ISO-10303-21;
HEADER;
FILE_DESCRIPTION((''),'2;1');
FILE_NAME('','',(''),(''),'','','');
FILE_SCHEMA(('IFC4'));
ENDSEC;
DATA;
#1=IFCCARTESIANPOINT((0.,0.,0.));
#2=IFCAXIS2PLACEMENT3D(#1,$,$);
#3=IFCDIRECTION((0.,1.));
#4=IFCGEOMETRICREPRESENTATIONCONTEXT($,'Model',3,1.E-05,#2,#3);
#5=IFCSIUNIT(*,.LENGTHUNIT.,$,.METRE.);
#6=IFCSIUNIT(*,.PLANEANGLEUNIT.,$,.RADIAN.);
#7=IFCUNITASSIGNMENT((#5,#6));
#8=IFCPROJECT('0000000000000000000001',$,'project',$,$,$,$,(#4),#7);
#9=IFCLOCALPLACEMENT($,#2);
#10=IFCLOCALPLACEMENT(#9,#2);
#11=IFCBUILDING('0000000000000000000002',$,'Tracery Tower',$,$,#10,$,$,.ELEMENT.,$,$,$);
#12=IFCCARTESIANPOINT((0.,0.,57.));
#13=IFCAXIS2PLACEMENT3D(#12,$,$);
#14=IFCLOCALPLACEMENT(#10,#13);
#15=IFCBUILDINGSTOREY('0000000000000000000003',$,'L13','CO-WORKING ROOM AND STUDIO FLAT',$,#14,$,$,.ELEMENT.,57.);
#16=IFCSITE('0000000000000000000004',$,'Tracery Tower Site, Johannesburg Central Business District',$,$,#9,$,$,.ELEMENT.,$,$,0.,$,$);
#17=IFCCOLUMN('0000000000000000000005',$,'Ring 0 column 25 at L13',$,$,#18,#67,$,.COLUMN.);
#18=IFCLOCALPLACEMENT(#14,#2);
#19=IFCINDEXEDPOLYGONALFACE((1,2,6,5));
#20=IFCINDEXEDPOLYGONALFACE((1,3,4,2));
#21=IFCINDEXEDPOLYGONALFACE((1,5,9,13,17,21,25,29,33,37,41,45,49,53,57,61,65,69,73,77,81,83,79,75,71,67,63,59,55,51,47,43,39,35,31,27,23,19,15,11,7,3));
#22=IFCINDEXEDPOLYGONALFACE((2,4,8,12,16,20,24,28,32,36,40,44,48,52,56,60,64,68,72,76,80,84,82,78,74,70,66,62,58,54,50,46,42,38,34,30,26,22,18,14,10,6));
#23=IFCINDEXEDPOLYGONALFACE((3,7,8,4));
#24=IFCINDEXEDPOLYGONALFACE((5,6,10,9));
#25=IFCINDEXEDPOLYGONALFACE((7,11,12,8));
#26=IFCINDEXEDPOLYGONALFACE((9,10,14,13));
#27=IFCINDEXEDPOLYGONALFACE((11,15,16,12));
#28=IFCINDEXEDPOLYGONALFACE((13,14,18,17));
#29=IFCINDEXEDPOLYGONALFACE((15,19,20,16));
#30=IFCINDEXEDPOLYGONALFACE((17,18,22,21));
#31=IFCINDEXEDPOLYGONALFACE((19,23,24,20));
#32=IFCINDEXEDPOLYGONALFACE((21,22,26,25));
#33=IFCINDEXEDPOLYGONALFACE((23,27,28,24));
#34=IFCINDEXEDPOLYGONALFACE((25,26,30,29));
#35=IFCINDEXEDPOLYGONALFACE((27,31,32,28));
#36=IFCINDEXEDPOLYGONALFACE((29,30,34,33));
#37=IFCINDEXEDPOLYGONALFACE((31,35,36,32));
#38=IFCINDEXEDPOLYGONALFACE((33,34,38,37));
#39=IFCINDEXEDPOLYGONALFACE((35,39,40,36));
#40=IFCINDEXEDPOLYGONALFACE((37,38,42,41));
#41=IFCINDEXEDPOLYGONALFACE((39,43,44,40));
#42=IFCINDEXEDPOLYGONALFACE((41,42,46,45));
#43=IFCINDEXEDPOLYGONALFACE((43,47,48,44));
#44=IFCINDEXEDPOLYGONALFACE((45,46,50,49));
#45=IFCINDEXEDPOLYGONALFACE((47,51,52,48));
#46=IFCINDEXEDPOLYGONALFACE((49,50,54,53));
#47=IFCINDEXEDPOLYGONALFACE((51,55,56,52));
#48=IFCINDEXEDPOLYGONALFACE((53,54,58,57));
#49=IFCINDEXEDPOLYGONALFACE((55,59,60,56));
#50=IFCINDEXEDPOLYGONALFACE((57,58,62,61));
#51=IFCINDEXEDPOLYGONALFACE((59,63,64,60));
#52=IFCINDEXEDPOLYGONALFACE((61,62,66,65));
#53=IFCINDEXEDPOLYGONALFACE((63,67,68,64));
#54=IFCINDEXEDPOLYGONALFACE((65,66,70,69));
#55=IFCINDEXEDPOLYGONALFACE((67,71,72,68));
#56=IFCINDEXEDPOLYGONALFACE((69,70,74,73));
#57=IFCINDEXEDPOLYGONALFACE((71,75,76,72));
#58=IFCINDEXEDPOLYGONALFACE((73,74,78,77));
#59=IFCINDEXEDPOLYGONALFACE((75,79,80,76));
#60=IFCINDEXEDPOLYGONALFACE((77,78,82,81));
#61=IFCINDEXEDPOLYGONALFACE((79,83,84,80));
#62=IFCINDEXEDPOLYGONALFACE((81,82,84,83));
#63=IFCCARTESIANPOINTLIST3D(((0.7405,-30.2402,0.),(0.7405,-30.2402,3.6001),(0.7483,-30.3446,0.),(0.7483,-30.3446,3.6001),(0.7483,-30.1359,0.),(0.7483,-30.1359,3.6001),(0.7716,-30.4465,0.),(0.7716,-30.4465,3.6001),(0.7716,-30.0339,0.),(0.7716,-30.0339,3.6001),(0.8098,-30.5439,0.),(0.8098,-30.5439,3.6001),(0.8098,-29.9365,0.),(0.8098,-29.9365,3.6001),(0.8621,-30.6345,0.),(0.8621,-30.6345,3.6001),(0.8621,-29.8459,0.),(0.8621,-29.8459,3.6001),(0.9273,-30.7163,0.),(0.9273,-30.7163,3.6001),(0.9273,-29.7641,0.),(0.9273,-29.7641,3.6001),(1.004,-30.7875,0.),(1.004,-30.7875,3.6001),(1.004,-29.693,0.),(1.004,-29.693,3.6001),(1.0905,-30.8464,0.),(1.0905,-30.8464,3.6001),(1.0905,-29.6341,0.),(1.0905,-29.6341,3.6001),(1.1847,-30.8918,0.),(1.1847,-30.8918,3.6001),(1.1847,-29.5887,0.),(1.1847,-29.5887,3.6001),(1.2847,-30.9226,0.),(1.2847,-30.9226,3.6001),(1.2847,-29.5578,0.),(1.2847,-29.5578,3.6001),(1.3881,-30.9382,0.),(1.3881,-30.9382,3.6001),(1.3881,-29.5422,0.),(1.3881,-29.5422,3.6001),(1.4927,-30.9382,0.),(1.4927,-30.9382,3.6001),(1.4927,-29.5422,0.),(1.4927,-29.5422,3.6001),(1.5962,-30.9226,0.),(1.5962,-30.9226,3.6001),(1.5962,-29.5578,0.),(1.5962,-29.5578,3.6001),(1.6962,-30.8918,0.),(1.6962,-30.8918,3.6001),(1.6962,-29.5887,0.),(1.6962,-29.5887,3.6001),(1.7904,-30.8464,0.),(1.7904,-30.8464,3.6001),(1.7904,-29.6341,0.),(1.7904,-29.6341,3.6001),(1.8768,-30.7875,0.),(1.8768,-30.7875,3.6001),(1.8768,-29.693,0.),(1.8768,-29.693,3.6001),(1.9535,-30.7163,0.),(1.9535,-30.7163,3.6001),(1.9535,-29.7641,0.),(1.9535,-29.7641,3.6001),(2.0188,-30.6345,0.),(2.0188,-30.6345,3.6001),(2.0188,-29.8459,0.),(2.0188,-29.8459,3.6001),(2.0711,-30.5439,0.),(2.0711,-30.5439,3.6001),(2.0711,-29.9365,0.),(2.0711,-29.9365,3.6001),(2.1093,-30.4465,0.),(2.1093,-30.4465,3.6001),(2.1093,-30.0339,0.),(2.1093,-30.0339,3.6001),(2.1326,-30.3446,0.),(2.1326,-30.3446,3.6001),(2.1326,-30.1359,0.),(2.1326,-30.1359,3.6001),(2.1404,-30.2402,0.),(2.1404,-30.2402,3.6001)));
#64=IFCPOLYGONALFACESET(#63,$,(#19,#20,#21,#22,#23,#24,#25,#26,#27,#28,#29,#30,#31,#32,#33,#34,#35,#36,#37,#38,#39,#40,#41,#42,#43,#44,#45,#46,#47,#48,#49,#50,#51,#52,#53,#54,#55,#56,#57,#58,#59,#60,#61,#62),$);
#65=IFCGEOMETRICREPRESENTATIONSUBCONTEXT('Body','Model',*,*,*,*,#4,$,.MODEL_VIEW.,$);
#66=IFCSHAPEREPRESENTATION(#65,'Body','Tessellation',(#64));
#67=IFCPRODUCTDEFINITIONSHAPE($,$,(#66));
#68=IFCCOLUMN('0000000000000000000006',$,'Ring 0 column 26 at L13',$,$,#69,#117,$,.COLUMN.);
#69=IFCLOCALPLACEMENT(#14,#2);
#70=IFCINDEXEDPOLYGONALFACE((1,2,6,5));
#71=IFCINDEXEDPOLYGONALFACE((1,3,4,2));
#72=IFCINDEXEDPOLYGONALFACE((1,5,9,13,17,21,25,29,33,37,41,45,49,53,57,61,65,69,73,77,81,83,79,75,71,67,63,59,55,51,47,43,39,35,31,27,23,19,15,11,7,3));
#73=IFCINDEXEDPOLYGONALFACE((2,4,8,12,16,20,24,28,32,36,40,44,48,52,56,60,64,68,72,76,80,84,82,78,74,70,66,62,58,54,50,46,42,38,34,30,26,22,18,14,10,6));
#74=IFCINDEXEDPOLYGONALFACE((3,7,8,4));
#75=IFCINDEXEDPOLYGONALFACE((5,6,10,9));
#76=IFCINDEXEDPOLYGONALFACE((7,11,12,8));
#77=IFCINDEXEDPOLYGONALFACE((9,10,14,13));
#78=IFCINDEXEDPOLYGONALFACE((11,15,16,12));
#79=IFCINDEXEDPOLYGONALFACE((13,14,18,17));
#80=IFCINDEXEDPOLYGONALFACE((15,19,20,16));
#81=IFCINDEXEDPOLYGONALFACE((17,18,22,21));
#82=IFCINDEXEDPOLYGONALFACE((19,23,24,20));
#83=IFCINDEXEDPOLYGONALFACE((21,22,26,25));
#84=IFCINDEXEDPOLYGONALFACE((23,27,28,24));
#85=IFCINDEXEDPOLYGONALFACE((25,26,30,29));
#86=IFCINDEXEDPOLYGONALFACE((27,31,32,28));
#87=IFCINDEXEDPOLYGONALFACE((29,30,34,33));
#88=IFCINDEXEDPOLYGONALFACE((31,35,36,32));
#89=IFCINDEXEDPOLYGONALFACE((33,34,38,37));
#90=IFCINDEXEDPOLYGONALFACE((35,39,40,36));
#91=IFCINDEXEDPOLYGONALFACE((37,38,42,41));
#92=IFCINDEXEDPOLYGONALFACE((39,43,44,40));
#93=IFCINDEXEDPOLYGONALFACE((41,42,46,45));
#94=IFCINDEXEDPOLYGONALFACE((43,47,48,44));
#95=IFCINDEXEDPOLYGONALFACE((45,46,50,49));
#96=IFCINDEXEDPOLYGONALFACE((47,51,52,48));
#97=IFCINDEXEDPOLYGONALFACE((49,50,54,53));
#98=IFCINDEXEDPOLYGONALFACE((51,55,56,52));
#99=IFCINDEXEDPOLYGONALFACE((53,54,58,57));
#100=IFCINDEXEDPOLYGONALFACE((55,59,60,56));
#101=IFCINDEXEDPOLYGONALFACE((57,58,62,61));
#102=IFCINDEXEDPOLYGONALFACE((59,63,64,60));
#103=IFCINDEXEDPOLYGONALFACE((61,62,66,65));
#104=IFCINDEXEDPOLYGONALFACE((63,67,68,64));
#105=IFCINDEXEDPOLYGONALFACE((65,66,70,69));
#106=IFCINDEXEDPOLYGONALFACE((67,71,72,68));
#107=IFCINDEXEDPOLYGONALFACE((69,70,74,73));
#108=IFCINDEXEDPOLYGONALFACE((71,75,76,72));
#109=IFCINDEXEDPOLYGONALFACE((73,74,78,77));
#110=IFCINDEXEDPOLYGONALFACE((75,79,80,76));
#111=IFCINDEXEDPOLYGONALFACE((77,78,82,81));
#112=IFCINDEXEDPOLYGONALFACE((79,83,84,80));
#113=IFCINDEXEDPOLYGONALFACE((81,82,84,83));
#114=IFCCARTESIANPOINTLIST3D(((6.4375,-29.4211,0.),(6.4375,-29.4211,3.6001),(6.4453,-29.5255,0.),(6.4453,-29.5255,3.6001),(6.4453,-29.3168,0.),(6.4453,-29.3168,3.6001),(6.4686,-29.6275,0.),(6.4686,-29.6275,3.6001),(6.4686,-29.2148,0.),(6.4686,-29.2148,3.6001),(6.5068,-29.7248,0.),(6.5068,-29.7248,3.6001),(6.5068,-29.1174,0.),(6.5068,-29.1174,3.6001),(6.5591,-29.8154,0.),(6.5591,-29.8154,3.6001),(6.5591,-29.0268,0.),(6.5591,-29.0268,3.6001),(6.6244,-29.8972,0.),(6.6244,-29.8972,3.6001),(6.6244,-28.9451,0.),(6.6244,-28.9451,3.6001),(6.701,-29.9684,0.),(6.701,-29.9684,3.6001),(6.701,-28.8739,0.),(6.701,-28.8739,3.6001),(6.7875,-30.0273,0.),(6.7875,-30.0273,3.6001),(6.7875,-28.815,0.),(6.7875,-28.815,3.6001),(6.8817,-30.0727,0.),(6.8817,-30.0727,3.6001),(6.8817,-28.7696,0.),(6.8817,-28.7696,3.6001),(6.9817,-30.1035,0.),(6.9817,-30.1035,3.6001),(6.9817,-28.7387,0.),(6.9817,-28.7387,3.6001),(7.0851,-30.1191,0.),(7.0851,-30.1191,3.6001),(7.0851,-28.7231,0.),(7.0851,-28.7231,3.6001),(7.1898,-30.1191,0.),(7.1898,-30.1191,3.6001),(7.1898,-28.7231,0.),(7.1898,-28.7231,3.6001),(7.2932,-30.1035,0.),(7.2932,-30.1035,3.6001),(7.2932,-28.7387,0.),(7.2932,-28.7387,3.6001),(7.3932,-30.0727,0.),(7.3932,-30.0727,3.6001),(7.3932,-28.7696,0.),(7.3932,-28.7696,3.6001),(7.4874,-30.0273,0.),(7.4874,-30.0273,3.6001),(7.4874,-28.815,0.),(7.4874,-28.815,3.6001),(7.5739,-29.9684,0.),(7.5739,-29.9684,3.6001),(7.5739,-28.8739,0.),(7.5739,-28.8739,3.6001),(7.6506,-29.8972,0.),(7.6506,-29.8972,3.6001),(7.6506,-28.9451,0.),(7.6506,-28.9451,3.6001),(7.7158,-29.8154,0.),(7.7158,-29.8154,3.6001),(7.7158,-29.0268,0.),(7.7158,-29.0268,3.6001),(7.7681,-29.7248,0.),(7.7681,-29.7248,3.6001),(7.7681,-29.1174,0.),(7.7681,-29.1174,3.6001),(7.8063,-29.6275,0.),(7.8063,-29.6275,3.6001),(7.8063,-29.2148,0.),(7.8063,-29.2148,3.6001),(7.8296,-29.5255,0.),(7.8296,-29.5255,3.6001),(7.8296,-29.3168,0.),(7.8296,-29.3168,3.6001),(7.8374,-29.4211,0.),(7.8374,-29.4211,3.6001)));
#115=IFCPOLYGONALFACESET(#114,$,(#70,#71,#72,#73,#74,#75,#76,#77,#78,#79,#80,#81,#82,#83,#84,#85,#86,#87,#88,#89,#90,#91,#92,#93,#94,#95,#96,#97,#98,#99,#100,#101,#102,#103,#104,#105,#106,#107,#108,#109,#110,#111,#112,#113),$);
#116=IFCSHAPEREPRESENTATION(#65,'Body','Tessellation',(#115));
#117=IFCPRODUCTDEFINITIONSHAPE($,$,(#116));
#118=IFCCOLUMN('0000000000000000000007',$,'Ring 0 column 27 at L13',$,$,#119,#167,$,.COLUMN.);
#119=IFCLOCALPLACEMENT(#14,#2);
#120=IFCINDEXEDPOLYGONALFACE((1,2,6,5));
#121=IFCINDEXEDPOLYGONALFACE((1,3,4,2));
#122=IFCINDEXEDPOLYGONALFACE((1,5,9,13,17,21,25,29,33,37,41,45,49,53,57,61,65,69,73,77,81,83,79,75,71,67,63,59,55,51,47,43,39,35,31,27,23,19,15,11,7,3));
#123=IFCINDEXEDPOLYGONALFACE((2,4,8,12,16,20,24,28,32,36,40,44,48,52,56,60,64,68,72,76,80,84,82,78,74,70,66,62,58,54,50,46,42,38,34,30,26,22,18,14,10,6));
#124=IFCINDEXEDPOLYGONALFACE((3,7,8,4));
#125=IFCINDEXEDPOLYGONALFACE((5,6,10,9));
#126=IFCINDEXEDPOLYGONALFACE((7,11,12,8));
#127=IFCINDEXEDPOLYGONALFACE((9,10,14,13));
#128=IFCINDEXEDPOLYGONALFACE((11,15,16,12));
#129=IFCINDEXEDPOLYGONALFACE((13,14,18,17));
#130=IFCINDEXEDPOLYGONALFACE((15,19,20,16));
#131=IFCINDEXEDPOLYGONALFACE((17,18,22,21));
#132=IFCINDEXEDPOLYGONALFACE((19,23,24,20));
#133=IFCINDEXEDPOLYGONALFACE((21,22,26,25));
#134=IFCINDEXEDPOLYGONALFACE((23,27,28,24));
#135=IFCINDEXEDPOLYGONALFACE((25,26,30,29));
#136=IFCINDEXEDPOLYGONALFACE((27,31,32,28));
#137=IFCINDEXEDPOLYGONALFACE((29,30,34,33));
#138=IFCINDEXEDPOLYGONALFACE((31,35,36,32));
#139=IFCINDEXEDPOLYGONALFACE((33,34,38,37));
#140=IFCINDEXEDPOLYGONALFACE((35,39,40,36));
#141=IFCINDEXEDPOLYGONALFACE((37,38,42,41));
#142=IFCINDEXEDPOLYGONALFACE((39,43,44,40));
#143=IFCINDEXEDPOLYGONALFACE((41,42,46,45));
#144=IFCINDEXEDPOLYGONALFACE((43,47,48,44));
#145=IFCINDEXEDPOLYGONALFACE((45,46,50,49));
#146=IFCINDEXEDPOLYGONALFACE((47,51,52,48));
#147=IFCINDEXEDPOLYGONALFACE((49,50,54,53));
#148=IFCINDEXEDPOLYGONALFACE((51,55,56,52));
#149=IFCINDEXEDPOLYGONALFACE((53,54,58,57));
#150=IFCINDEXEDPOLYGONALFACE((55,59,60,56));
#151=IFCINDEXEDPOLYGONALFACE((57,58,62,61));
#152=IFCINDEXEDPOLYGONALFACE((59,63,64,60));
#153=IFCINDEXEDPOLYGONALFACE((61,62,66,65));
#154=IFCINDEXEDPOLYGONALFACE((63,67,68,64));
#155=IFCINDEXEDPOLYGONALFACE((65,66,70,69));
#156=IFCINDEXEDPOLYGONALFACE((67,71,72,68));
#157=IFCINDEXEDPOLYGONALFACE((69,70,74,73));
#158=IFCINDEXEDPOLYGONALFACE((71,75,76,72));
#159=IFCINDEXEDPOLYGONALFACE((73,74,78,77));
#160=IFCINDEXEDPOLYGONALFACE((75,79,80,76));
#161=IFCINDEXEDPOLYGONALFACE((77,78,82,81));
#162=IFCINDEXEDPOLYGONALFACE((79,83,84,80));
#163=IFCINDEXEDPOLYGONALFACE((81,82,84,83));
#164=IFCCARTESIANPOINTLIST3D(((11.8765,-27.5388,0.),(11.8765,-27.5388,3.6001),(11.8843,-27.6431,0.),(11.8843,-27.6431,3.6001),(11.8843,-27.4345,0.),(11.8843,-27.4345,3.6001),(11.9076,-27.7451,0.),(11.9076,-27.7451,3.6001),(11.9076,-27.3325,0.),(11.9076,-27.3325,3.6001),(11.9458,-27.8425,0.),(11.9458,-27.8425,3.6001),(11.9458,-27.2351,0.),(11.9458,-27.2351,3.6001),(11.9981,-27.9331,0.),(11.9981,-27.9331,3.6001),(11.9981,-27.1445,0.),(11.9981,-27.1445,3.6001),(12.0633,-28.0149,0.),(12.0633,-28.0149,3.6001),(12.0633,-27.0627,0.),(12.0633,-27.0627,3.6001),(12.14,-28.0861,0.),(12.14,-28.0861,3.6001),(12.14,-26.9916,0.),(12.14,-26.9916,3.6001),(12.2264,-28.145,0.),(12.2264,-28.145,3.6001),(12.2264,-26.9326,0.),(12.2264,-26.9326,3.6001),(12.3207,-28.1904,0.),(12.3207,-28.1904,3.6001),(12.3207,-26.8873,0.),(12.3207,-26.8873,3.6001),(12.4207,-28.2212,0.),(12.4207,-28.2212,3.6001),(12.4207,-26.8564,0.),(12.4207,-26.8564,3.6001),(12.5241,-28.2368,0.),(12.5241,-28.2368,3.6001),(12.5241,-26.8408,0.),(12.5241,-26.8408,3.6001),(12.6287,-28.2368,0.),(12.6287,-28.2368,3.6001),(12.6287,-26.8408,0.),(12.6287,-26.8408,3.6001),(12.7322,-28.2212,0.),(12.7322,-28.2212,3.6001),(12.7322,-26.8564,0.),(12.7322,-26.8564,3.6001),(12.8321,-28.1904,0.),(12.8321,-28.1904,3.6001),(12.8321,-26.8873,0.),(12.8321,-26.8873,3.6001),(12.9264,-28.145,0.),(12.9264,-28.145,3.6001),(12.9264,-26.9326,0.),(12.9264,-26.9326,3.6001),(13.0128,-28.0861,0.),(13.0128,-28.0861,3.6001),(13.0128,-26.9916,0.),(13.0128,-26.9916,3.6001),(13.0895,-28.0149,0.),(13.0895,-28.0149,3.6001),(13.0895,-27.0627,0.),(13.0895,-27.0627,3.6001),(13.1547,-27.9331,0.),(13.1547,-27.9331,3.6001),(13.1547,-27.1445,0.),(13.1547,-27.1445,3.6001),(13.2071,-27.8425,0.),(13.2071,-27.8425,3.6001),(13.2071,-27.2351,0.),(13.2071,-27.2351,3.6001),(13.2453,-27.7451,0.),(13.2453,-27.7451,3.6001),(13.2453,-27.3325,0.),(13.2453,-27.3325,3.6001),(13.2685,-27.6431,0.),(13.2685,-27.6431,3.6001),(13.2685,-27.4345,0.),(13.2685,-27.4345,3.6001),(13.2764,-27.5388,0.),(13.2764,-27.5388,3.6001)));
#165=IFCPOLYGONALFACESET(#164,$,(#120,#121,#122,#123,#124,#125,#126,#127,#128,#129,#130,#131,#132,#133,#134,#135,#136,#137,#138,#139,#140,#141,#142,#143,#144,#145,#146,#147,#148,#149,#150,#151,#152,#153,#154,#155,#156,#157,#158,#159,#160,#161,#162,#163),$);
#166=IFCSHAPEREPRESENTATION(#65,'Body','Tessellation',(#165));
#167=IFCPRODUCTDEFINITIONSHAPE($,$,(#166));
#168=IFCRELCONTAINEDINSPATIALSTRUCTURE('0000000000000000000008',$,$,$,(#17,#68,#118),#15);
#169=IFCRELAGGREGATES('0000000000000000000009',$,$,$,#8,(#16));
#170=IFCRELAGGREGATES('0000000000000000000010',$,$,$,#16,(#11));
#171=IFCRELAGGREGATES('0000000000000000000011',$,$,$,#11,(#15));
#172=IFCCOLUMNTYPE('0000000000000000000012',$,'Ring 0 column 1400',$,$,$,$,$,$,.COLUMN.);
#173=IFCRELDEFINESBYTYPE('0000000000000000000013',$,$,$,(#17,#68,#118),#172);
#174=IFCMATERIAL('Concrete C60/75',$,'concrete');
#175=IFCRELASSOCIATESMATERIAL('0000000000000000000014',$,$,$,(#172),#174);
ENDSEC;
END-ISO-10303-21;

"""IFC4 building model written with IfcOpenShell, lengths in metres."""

from ifc_helpers import new_model, si_unit, direction, frame, origin, origin_2d, place, context, subcontext, project, spatial, circle, extrude, material, material_profile, profile_set, type_object, element, save


model = new_model("IFC4")

# Units and contexts
model_context = context("Model", 3, precision=1e-05, world=origin(), true_north=direction((0.0, 1.0)))
body_context = subcontext(model_context, "Body", "Model", "MODEL_VIEW")
ifc_project = project(units=[si_unit("LENGTHUNIT", "METRE"), si_unit("PLANEANGLEUNIT", "RADIAN")], contexts=[model_context])

# Site, building, storey
site_placement = place(None, origin())
site = spatial("IfcSite", under=ifc_project, at=site_placement, Name="Tracery Tower Site, Johannesburg Central Business District", CompositionType="ELEMENT", RefElevation=0.0)
building_placement = place(site_placement, origin())
building = spatial("IfcBuilding", under=site, at=building_placement, Name="Tracery Tower", CompositionType="ELEMENT")
storey_placement = place(building_placement, frame((0.0, 0.0, 57.0)))
storey = spatial("IfcBuildingStorey", under=building, at=storey_placement, Name="L13", Description="CO-WORKING ROOM AND STUDIO FLAT", CompositionType="ELEMENT", Elevation=57.0)

# Columns
ifc_material_1 = material(Name="Concrete C60/75", Category="concrete")
ifc_material_profile_1 = material_profile(ifc_material_1, circle(Radius=0.7, at=origin_2d()), Name="RC D1400")
ifc_profile_set_1 = profile_set([ifc_material_profile_1], Name="Concrete C60/75")
column_type_1 = type_object("IfcColumnType", Name="Ring 0 column 1400", PredefinedType="COLUMN", material=ifc_profile_set_1)
for number, where, z_axis, x_axis, name in (
    (1, (1.4404, -30.2402, 0.0), (0.0, 0.0, 1.0), (1.0, 0.0, 0.0), "Ring 0 column 25 at L13"),
    (2, (7.1375, -29.4211, 0.0), (0.0, 0.0, 1.0), (1.0, 0.0, 0.0), "Ring 0 column 26 at L13"),
    (3, (12.5764, -27.5388, 0.0), (0.0, 0.0, 1.0), (1.0, 0.0, 0.0), "Ring 0 column 27 at L13"),
):
    element("IfcColumn", number, at=place(storey_placement, frame(where, z_axis=z_axis, x_axis=x_axis)), inside=storey, type_object=column_type_1, Name=name, PredefinedType="COLUMN", context=body_context, shape_type="SweptSolid", body=[
        extrude(circle(Radius=0.7, at=origin_2d()), origin(), (0.0, 0.0, 1.0), 3.6001),
    ])

save(model, "model.ifc")
